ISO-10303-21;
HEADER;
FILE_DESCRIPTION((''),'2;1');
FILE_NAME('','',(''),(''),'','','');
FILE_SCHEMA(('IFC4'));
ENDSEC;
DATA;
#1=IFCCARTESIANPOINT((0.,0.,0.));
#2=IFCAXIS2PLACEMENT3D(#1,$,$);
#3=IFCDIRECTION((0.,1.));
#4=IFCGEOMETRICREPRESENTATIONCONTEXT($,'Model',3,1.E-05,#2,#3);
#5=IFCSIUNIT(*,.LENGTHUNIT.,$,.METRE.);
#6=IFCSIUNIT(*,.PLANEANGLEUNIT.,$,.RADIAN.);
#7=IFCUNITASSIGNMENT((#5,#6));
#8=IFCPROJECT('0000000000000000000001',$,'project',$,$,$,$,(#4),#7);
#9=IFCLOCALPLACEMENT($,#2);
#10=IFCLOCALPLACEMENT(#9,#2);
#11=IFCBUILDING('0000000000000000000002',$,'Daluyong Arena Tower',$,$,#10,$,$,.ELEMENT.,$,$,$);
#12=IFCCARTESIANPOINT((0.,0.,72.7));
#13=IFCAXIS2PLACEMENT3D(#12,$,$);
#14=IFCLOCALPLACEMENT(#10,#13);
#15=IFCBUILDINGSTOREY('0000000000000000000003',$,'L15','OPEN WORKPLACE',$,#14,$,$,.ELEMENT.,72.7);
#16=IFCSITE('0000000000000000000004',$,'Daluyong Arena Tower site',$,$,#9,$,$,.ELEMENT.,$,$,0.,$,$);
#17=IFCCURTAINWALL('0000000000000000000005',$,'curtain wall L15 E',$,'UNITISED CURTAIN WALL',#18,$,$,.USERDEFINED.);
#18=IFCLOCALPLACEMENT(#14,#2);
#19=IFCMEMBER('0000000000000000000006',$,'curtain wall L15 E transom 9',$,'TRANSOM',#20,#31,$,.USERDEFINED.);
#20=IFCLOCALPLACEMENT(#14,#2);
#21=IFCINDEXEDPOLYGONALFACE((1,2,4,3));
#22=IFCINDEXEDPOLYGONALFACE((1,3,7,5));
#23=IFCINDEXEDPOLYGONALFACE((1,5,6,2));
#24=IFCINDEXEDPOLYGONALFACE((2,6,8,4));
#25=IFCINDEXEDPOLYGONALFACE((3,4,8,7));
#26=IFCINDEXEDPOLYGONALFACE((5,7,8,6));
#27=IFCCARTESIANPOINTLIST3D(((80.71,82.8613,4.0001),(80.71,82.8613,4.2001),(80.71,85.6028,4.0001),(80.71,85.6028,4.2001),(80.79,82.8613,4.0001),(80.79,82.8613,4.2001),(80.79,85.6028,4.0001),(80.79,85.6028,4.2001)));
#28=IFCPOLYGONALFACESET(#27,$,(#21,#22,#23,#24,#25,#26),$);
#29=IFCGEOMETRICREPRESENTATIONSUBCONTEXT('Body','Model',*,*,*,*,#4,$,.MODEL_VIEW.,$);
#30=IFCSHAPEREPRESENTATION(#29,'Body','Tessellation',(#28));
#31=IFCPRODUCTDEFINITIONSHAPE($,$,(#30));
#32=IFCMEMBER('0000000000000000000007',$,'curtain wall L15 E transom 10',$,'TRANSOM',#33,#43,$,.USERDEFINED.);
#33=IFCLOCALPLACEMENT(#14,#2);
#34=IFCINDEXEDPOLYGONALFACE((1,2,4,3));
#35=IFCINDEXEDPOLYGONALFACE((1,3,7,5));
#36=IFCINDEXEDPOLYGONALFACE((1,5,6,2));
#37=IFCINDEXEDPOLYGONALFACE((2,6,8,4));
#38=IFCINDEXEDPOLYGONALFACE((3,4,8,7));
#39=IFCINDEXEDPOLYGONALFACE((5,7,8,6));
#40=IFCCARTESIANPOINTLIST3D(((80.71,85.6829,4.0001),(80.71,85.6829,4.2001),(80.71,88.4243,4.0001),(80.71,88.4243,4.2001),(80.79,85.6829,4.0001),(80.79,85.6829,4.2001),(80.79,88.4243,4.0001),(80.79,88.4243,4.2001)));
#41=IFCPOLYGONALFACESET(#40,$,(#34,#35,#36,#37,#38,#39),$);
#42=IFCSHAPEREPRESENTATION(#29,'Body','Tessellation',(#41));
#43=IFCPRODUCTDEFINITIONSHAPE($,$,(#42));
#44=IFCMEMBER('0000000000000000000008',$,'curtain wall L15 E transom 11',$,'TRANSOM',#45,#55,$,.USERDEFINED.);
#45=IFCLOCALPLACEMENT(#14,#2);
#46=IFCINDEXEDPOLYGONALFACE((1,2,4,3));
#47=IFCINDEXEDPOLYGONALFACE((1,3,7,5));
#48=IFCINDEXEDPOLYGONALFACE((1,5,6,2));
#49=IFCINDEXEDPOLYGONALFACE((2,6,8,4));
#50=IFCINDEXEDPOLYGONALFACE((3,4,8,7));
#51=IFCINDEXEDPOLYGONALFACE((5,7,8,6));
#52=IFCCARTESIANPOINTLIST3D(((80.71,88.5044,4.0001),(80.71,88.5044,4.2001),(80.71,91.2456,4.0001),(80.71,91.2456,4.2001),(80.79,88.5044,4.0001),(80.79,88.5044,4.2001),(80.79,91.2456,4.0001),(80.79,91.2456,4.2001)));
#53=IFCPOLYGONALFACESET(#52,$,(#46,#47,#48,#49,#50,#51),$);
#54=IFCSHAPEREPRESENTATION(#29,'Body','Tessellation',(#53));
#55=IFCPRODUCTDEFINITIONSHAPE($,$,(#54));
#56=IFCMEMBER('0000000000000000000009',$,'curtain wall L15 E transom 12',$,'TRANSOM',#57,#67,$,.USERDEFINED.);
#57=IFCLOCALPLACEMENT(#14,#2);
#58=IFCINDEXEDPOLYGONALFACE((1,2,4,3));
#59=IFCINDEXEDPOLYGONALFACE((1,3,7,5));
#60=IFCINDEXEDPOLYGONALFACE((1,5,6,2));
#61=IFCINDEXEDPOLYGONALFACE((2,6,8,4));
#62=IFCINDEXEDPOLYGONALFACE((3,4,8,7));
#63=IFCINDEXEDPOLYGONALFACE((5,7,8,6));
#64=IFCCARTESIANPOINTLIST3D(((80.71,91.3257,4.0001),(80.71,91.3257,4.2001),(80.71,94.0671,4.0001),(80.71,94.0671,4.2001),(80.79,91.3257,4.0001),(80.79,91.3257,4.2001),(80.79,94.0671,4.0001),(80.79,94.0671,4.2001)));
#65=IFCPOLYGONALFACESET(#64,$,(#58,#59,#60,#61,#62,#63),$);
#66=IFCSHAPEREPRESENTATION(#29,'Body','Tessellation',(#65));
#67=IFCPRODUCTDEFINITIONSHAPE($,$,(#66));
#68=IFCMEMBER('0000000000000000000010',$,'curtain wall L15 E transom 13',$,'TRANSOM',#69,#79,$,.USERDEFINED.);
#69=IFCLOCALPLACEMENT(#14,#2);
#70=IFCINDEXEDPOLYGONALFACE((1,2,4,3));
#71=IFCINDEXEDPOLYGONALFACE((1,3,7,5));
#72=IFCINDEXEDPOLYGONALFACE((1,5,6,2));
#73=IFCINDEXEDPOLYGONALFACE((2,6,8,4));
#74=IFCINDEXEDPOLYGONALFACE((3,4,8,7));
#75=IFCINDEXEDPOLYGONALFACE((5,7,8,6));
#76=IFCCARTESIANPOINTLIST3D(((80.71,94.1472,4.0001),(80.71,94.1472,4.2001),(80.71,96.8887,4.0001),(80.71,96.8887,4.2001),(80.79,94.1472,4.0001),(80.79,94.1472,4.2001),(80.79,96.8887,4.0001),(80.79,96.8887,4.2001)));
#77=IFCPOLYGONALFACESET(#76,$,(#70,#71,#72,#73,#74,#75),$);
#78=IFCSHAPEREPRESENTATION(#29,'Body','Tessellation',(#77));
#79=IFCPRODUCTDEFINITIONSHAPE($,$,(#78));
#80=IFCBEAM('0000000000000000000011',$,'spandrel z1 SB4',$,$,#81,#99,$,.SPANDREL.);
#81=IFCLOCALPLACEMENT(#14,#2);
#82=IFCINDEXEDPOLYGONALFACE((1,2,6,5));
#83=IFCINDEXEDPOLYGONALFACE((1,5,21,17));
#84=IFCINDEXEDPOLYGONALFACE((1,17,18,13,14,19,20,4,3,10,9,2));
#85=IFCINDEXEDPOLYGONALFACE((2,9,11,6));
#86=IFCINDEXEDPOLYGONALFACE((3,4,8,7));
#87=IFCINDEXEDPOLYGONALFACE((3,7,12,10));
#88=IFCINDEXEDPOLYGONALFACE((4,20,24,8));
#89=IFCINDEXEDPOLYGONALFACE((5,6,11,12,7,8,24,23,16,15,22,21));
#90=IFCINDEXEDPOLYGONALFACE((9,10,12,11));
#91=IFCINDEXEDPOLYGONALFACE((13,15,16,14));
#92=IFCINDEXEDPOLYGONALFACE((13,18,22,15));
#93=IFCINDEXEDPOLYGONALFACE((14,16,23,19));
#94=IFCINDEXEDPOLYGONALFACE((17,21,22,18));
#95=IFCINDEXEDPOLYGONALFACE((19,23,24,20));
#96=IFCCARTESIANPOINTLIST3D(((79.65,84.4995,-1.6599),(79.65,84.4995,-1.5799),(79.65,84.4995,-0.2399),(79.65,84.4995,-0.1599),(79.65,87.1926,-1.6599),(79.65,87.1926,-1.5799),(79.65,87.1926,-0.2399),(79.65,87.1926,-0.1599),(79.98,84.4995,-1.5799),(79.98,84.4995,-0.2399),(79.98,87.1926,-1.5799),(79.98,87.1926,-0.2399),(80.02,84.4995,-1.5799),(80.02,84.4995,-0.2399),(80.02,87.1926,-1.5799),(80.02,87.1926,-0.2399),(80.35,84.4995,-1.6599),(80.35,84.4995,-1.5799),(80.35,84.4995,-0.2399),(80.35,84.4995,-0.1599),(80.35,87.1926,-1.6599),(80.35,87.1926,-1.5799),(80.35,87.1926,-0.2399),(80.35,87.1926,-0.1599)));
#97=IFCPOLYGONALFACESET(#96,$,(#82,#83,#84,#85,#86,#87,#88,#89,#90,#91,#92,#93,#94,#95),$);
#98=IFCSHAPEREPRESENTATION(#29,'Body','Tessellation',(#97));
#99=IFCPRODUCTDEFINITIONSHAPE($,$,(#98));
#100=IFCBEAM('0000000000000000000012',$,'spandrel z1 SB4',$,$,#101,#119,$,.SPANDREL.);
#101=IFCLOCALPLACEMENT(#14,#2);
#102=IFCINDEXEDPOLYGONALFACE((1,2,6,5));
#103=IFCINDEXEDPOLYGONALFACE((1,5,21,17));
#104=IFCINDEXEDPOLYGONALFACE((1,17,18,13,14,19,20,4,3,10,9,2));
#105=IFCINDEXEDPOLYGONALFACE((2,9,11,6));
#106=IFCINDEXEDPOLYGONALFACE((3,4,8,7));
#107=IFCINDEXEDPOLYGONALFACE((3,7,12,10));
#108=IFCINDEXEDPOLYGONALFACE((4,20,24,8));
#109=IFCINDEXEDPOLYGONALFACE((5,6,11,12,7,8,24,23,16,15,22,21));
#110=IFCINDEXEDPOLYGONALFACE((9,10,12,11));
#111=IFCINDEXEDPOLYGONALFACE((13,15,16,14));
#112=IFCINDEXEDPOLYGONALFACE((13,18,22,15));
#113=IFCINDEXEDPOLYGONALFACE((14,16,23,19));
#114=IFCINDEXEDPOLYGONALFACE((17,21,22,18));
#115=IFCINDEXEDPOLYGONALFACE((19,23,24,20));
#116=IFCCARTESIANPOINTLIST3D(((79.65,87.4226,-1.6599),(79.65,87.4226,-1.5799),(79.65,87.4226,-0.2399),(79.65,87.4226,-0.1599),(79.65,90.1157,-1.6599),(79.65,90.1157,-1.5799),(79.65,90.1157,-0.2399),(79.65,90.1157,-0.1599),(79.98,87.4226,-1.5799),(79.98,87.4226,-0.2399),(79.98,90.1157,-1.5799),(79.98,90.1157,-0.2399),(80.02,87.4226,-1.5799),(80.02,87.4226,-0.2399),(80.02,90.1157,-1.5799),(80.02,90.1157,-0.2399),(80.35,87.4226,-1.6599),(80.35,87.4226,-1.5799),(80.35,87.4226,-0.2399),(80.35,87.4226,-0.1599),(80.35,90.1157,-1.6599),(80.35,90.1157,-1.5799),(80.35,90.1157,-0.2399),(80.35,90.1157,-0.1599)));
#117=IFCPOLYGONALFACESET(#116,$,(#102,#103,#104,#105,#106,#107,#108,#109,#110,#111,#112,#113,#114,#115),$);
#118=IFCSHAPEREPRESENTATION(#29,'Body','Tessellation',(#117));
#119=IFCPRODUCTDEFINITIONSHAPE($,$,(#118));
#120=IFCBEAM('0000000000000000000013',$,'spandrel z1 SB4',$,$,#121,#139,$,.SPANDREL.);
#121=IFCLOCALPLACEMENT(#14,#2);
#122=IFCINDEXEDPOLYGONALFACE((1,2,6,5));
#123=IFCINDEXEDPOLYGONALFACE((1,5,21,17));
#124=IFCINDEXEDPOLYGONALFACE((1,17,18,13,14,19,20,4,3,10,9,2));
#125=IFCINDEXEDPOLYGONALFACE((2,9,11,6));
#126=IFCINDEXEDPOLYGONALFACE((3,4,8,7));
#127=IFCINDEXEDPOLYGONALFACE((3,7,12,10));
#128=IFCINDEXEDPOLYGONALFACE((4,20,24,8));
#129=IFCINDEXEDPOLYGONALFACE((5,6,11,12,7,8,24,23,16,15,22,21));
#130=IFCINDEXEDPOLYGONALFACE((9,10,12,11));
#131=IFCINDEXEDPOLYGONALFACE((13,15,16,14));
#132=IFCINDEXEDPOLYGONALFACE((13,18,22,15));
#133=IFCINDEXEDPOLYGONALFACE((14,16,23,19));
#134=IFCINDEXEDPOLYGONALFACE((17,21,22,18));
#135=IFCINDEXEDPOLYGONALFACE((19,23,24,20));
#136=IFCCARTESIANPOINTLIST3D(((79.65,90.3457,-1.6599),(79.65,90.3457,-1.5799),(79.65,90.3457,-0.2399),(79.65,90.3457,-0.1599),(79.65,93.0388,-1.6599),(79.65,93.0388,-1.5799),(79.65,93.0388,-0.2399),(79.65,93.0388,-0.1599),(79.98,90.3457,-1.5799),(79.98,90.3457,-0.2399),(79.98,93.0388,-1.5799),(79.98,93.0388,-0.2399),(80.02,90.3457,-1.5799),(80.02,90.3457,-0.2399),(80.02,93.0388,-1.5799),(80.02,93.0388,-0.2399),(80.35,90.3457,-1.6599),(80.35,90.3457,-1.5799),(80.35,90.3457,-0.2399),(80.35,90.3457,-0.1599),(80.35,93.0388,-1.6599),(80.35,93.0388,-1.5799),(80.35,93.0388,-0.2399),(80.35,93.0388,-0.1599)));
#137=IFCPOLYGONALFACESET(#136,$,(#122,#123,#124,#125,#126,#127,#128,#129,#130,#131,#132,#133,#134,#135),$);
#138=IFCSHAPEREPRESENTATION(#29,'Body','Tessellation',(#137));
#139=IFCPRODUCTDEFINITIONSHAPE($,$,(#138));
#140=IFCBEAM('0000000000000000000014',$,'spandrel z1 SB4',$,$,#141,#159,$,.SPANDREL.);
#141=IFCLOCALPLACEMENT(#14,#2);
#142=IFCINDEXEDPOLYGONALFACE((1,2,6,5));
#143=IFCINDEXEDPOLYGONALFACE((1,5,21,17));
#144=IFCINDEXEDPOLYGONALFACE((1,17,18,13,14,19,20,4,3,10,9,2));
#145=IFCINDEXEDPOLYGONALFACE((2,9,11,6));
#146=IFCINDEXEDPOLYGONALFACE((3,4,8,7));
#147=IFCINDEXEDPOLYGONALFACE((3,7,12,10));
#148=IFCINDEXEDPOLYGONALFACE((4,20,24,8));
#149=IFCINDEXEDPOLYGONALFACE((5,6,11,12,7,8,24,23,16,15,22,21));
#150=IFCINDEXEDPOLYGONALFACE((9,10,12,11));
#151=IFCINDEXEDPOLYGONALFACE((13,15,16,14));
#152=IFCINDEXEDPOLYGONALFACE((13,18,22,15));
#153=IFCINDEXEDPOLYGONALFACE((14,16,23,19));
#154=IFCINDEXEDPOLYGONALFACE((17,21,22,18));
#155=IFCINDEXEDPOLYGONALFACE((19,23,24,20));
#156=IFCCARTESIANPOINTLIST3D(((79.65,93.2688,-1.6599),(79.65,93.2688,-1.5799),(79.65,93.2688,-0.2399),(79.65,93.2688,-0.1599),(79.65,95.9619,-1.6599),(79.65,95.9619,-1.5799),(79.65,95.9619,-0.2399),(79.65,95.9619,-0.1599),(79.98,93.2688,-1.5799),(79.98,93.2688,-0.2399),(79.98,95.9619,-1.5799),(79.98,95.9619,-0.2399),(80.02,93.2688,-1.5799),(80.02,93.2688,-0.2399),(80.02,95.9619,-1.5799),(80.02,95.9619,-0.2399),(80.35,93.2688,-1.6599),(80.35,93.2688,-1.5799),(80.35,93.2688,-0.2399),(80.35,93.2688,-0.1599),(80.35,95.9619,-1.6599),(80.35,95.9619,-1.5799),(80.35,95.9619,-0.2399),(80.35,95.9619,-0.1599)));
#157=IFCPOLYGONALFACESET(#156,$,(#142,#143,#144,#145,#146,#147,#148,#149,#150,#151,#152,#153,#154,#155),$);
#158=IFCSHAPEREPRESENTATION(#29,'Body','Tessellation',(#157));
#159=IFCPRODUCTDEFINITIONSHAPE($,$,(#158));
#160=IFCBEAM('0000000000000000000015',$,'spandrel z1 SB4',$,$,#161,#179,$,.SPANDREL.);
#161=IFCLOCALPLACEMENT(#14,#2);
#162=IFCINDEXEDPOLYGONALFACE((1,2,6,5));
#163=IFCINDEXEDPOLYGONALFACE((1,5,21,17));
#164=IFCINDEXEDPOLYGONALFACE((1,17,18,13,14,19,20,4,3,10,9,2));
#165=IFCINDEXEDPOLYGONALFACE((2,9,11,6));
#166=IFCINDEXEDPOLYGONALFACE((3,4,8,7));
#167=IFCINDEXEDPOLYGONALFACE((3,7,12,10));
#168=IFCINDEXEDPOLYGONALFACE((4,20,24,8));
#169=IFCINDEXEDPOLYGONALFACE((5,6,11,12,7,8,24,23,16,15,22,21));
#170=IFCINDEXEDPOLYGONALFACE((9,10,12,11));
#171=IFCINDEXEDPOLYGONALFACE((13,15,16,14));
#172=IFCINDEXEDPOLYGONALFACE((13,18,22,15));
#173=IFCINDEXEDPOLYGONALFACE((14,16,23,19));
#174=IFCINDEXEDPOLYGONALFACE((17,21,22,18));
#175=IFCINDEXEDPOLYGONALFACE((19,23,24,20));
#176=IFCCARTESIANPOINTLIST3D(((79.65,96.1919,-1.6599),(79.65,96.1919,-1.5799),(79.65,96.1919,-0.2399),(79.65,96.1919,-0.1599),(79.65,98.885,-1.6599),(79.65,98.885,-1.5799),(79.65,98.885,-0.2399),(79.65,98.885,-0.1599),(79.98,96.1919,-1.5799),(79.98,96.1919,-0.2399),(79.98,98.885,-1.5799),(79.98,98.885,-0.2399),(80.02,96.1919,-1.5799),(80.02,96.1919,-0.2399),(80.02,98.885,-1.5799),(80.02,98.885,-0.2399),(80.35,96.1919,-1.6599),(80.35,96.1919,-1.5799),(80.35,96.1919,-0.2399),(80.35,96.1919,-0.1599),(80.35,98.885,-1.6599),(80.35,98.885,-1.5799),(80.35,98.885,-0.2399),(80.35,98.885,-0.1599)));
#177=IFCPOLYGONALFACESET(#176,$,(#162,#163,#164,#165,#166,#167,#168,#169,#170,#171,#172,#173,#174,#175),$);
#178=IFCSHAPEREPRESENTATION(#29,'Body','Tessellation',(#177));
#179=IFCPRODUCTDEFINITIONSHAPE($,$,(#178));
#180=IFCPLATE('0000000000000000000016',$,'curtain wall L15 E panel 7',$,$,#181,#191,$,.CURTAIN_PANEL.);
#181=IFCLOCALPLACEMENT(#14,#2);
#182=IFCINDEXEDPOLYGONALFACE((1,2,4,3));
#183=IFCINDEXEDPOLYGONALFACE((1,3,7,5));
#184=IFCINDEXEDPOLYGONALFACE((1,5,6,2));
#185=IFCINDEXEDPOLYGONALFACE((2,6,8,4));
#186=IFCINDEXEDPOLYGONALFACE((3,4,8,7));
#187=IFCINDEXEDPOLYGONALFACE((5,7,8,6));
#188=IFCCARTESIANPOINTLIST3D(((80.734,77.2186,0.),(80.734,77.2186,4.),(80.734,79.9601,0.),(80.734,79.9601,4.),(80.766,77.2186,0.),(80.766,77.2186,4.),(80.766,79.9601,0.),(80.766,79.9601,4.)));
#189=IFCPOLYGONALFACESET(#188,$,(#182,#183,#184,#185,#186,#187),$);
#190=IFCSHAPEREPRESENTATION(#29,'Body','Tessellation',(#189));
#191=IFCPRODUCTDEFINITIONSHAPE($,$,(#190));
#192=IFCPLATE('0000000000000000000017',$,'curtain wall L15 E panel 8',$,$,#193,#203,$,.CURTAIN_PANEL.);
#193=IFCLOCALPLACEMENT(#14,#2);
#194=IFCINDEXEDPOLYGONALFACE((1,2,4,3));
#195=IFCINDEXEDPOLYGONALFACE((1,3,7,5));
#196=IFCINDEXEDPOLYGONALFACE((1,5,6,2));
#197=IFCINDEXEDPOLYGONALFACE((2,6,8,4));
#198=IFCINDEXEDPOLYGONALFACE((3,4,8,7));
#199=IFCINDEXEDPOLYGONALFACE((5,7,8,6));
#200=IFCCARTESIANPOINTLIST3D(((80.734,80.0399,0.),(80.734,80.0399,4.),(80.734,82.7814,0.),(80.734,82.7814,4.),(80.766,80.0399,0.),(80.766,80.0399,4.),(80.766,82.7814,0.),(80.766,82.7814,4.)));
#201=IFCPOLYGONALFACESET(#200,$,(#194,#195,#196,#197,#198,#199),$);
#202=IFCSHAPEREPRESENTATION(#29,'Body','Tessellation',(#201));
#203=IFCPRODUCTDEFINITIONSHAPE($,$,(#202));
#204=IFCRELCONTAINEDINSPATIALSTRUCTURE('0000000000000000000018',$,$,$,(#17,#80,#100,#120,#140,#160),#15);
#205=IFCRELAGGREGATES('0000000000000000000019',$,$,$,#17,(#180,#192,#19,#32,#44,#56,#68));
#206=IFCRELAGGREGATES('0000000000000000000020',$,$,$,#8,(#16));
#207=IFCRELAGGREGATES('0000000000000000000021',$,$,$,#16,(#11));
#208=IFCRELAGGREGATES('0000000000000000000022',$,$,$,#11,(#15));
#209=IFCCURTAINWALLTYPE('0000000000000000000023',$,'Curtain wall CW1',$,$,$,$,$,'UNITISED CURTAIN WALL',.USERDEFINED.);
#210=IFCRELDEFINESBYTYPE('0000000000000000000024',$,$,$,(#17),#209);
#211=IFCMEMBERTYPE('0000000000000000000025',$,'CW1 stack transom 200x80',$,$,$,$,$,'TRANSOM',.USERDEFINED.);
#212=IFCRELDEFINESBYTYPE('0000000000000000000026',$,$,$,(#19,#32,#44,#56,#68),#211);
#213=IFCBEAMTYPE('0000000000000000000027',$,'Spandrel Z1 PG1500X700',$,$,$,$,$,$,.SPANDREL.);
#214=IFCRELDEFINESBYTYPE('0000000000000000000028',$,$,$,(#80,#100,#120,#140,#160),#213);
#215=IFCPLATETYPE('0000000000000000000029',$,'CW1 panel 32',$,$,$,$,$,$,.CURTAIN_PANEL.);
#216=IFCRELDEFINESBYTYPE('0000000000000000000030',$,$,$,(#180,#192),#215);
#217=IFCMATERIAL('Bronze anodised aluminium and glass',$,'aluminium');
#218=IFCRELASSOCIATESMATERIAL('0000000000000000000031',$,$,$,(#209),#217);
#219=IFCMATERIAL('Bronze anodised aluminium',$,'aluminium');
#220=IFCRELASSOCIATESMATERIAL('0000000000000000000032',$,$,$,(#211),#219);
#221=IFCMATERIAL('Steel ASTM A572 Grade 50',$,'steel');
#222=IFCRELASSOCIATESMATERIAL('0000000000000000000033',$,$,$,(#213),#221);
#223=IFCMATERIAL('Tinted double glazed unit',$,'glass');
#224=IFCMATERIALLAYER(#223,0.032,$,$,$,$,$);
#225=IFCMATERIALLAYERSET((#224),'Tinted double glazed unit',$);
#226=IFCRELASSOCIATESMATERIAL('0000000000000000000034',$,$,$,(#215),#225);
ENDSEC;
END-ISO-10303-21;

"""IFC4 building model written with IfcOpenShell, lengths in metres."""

from ifc_helpers import new_model, si_unit, direction, frame, origin, origin_2d, place, context, subcontext, project, spatial, rectangle, i_section, extrude, material, layer, layer_set, material_profile, profile_set, type_object, element, aggregate, save


model = new_model("IFC4")

# Units and contexts
model_context = context("Model", 3, precision=1e-05, world=origin(), true_north=direction((0.0, 1.0)))
body_context = subcontext(model_context, "Body", "Model", "MODEL_VIEW")
ifc_project = project(units=[si_unit("LENGTHUNIT", "METRE"), si_unit("PLANEANGLEUNIT", "RADIAN")], contexts=[model_context])

# Site, building, storey
site_placement = place(None, origin())
site = spatial("IfcSite", under=ifc_project, at=site_placement, Name="Daluyong Arena Tower site", CompositionType="ELEMENT", RefElevation=0.0)
building_placement = place(site_placement, origin())
building = spatial("IfcBuilding", under=site, at=building_placement, Name="Daluyong Arena Tower", CompositionType="ELEMENT")
storey_placement = place(building_placement, frame((0.0, 0.0, 72.7)))
storey = spatial("IfcBuildingStorey", under=building, at=storey_placement, Name="L15", Description="OPEN WORKPLACE", CompositionType="ELEMENT", Elevation=72.7)

# Curtain wall, members
ifc_material_1 = material(Name="Bronze anodised aluminium and glass", Category="aluminium")
curtain_wall_type = type_object("IfcCurtainWallType", Name="Curtain wall CW1", ElementType="UNITISED CURTAIN WALL", PredefinedType="USERDEFINED", material=ifc_material_1)
curtain_wall_placement = place(storey_placement, origin())
curtain_wall = element("IfcCurtainWall", 1, at=curtain_wall_placement, inside=storey, type_object=curtain_wall_type, Name="curtain wall L15 E", ObjectType="UNITISED CURTAIN WALL", PredefinedType="USERDEFINED")
ifc_material_2 = material(Name="Bronze anodised aluminium", Category="aluminium")
ifc_material_profile_1 = material_profile(ifc_material_2, rectangle(XDim=0.0801, YDim=0.2, at=origin_2d()))
ifc_profile_set_1 = profile_set([ifc_material_profile_1], Name="Bronze anodised aluminium")
member_type_1 = type_object("IfcMemberType", Name="CW1 stack transom 200x80", ElementType="TRANSOM", PredefinedType="USERDEFINED", material=ifc_profile_set_1)
member_1_placement = place(storey_placement, frame((80.75, 82.8613, 4.1001), z_axis=(0.0, 1.0, 0.0), x_axis=(-1.0, 0.0, 0.0)))
member_1 = element("IfcMember", 2, at=member_1_placement, type_object=member_type_1, Name="curtain wall L15 E transom 9", ObjectType="TRANSOM", PredefinedType="USERDEFINED", context=body_context, shape_type="SweptSolid", body=[
    extrude(rectangle(XDim=0.0801, YDim=0.2, at=origin_2d()), origin(), (0.0, 0.0, 1.0), 2.7415),
])
member_2_placement = place(storey_placement, frame((80.75, 85.6829, 4.1001), z_axis=(0.0, 1.0, 0.0), x_axis=(-1.0, 0.0, 0.0)))
member_2 = element("IfcMember", 3, at=member_2_placement, type_object=member_type_1, Name="curtain wall L15 E transom 10", ObjectType="TRANSOM", PredefinedType="USERDEFINED", context=body_context, shape_type="SweptSolid", body=[
    extrude(rectangle(XDim=0.0801, YDim=0.2, at=origin_2d()), origin(), (0.0, 0.0, 1.0), 2.7415),
])
member_3_placement = place(storey_placement, frame((80.75, 88.5044, 4.1001), z_axis=(0.0, 1.0, 0.0), x_axis=(-1.0, 0.0, 0.0)))
member_3 = element("IfcMember", 4, at=member_3_placement, type_object=member_type_1, Name="curtain wall L15 E transom 11", ObjectType="TRANSOM", PredefinedType="USERDEFINED", context=body_context, shape_type="SweptSolid", body=[
    extrude(rectangle(XDim=0.0801, YDim=0.2, at=origin_2d()), origin(), (0.0, 0.0, 1.0), 2.7412),
])
member_4_placement = place(storey_placement, frame((80.75, 91.3257, 4.1001), z_axis=(0.0, 1.0, 0.0), x_axis=(-1.0, 0.0, 0.0)))
member_4 = element("IfcMember", 5, at=member_4_placement, type_object=member_type_1, Name="curtain wall L15 E transom 12", ObjectType="TRANSOM", PredefinedType="USERDEFINED", context=body_context, shape_type="SweptSolid", body=[
    extrude(rectangle(XDim=0.0801, YDim=0.2, at=origin_2d()), origin(), (0.0, 0.0, 1.0), 2.7415),
])
member_5_placement = place(storey_placement, frame((80.75, 94.1472, 4.1001), z_axis=(0.0, 1.0, 0.0), x_axis=(-1.0, 0.0, 0.0)))
member_5 = element("IfcMember", 6, at=member_5_placement, type_object=member_type_1, Name="curtain wall L15 E transom 13", ObjectType="TRANSOM", PredefinedType="USERDEFINED", context=body_context, shape_type="SweptSolid", body=[
    extrude(rectangle(XDim=0.0801, YDim=0.2, at=origin_2d()), origin(), (0.0, 0.0, 1.0), 2.7415),
])

# Beams
ifc_material_3 = material(Name="Steel ASTM A572 Grade 50", Category="steel")
ifc_material_profile_2 = material_profile(ifc_material_3, i_section(OverallWidth=0.7, OverallDepth=1.5, WebThickness=0.04, FlangeThickness=0.08, at=origin_2d()))
ifc_profile_set_2 = profile_set([ifc_material_profile_2], Name="Steel ASTM A572 Grade 50")
beam_type = type_object("IfcBeamType", Name="Spandrel Z1 PG1500X700", PredefinedType="SPANDREL", material=ifc_profile_set_2)
for number, where, z_axis, x_axis, name in (
    (7, (80.0, 84.4995, -0.9099), (0.0, 1.0, 0.0), (-1.0, 0.0, 0.0), "spandrel z1 SB4"),
    (8, (80.0, 87.4226, -0.9099), (0.0, 1.0, 0.0), (-1.0, 0.0, 0.0), "spandrel z1 SB4"),
    (9, (80.0, 90.3457, -0.9099), (0.0, 1.0, 0.0), (-1.0, 0.0, 0.0), "spandrel z1 SB4"),
    (10, (80.0, 93.2688, -0.9099), (0.0, 1.0, 0.0), (-1.0, 0.0, 0.0), "spandrel z1 SB4"),
    (11, (80.0, 96.1919, -0.9099), (0.0, 1.0, 0.0), (-1.0, 0.0, 0.0), "spandrel z1 SB4"),
):
    element("IfcBeam", number, at=place(storey_placement, frame(where, z_axis=z_axis, x_axis=x_axis)), inside=storey, type_object=beam_type, Name=name, PredefinedType="SPANDREL", context=body_context, shape_type="SweptSolid", body=[
        extrude(i_section(OverallWidth=0.7, OverallDepth=1.5, WebThickness=0.04, FlangeThickness=0.08, at=origin_2d()), origin(), (0.0, 0.0, 1.0), 2.6931),
    ])

# Plates
ifc_material_4 = material(Name="Tinted double glazed unit", Category="glass")
ifc_layer = layer(ifc_material_4, 0.032)
ifc_layer_set = layer_set([ifc_layer], Name="Tinted double glazed unit")
plate_type = type_object("IfcPlateType", Name="CW1 panel 32", PredefinedType="CURTAIN_PANEL", material=ifc_layer_set)
plate_1_placement = place(storey_placement, frame((80.75, 78.5894, 0.0), z_axis=(0.0, 0.0, 1.0), x_axis=(0.0, 1.0, 0.0)))
plate_1 = element("IfcPlate", 12, at=plate_1_placement, type_object=plate_type, Name="curtain wall L15 E panel 7", PredefinedType="CURTAIN_PANEL", context=body_context, shape_type="SweptSolid", body=[
    extrude(rectangle(XDim=2.7415, YDim=0.032, at=origin_2d()), origin(), (0.0, 0.0, 1.0), 4.0),
])
plate_2_placement = place(storey_placement, frame((80.75, 81.4106, 0.0), z_axis=(0.0, 0.0, 1.0), x_axis=(0.0, 1.0, 0.0)))
plate_2 = element("IfcPlate", 13, at=plate_2_placement, type_object=plate_type, Name="curtain wall L15 E panel 8", PredefinedType="CURTAIN_PANEL", context=body_context, shape_type="SweptSolid", body=[
    extrude(rectangle(XDim=2.7415, YDim=0.032, at=origin_2d()), origin(), (0.0, 0.0, 1.0), 4.0),
])
aggregate(curtain_wall, [plate_1, plate_2, member_1, member_2, member_3, member_4, member_5])

save(model, "model.ifc")
